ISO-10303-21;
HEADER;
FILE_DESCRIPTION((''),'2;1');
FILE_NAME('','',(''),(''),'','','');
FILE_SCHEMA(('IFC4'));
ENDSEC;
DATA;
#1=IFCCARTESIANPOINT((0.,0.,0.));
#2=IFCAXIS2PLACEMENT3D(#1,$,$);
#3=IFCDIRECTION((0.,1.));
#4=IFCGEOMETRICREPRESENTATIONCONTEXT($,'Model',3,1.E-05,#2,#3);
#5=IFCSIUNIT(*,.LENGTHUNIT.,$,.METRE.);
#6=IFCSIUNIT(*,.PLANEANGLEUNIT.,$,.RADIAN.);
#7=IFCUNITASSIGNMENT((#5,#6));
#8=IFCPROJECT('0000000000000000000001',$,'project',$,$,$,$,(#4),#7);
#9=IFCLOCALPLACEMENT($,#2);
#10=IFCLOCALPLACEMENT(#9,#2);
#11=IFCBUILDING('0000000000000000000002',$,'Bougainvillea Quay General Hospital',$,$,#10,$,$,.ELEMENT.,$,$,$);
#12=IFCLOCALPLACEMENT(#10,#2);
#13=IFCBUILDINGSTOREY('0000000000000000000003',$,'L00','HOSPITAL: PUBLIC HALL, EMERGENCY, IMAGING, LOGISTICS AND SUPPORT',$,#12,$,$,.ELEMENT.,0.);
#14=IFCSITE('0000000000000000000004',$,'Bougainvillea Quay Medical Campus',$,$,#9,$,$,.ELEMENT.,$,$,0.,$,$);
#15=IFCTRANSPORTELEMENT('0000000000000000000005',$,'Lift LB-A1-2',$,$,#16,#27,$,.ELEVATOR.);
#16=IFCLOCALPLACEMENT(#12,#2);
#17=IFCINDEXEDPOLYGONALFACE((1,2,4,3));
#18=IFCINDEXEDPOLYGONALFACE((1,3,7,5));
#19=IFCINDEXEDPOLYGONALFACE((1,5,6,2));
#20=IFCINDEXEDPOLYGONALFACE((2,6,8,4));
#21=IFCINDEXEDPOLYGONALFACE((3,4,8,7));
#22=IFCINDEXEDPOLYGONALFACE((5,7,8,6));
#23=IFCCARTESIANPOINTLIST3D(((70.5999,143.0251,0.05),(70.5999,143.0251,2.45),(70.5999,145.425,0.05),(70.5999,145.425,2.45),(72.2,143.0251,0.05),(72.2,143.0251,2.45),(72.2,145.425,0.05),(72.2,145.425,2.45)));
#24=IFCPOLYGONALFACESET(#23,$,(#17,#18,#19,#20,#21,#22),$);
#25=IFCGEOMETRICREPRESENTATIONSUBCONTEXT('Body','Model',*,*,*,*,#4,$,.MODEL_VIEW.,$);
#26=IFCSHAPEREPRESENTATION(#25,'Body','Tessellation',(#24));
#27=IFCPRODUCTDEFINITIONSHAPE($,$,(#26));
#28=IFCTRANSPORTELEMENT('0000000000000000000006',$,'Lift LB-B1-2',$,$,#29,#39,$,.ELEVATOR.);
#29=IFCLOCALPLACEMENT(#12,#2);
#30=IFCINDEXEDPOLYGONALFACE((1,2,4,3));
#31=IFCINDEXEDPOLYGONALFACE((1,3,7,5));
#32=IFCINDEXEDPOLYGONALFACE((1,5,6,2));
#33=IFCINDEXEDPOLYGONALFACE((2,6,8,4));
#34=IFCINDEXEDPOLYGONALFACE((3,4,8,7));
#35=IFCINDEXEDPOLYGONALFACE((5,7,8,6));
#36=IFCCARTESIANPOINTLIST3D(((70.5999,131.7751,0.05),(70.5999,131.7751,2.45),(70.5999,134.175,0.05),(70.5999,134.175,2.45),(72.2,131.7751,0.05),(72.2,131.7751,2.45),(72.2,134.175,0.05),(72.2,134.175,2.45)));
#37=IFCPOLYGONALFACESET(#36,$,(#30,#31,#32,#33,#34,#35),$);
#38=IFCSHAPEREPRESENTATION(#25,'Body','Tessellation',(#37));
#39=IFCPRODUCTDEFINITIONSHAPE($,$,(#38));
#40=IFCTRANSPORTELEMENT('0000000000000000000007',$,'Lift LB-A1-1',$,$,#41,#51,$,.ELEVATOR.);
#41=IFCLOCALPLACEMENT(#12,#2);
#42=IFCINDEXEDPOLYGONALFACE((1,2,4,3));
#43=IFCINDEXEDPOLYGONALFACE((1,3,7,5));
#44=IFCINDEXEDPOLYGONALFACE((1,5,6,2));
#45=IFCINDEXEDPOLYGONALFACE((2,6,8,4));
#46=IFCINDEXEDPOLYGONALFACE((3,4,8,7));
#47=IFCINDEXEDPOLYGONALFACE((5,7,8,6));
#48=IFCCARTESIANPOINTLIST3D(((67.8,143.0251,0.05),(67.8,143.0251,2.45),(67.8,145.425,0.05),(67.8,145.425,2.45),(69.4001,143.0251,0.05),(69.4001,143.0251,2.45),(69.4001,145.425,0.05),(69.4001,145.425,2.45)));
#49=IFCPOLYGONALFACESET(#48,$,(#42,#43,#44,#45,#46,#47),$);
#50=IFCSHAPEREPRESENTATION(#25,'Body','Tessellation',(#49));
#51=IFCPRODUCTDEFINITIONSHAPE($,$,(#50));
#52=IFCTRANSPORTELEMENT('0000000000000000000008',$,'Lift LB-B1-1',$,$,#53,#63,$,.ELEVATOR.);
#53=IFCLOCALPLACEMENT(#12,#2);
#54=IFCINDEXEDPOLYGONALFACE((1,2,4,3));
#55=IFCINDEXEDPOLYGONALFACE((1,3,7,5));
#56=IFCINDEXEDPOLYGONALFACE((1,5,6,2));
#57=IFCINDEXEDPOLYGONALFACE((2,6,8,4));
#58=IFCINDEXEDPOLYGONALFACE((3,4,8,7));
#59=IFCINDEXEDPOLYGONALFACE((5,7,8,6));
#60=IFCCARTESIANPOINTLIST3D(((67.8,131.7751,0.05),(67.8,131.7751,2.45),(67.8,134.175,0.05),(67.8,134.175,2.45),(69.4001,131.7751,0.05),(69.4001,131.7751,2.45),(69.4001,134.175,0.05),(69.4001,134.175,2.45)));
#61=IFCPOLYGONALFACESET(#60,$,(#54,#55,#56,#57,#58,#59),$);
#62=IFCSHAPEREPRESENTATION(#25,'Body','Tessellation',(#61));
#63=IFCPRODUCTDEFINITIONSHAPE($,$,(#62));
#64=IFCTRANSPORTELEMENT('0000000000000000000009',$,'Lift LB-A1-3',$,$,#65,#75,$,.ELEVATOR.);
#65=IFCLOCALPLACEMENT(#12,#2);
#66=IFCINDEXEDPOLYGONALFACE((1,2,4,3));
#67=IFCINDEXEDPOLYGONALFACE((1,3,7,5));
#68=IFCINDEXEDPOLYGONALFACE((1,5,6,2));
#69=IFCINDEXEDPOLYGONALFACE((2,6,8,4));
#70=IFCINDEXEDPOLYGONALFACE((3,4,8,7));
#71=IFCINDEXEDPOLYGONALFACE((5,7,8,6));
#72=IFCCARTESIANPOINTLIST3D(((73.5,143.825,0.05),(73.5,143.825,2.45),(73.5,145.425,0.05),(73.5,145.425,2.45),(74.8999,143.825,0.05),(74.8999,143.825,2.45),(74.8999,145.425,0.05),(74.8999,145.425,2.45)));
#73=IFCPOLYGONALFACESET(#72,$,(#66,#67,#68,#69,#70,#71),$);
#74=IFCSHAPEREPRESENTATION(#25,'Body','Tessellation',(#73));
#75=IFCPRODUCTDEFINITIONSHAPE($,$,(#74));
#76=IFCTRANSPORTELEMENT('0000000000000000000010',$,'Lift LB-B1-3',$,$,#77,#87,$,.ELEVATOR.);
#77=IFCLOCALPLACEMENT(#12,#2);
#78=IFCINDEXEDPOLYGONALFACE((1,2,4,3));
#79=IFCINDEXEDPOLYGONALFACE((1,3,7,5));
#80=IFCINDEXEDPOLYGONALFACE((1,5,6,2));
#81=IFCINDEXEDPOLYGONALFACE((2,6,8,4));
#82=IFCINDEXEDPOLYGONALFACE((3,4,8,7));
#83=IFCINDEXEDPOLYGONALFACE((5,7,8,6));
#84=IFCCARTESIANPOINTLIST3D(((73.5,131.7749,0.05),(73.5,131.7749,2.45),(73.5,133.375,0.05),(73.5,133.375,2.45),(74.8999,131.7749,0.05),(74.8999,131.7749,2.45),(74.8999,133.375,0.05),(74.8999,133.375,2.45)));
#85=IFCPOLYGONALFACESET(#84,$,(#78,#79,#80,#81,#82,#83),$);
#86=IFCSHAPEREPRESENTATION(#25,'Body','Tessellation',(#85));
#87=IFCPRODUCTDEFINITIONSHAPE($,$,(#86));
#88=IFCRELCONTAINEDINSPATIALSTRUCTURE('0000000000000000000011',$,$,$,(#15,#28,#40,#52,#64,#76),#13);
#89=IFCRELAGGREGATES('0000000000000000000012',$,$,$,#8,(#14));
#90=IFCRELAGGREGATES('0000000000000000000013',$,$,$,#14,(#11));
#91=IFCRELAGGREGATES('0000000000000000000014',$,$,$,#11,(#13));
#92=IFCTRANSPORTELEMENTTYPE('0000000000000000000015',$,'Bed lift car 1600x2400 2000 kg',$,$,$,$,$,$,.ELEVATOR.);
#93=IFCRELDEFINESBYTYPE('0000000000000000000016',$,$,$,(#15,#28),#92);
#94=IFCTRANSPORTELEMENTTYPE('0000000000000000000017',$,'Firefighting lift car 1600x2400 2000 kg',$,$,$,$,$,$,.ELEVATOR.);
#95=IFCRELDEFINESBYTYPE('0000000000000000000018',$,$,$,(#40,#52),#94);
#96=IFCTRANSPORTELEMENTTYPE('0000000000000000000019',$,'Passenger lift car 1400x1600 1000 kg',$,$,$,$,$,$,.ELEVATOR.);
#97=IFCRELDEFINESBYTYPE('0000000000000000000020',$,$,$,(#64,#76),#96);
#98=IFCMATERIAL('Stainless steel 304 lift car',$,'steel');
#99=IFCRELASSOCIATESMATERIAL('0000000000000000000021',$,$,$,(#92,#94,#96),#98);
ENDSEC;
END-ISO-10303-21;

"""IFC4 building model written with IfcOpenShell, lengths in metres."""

from ifc_helpers import new_model, si_unit, direction, frame, origin, origin_2d, place, context, subcontext, project, spatial, rectangle, extrude, material, type_object, element, save


model = new_model("IFC4")

# Units and contexts
model_context = context("Model", 3, precision=1e-05, world=origin(), true_north=direction((0.0, 1.0)))
body_context = subcontext(model_context, "Body", "Model", "MODEL_VIEW")
ifc_project = project(units=[si_unit("LENGTHUNIT", "METRE"), si_unit("PLANEANGLEUNIT", "RADIAN")], contexts=[model_context])

# Site, building, storey
site_placement = place(None, origin())
site = spatial("IfcSite", under=ifc_project, at=site_placement, Name="Bougainvillea Quay Medical Campus", CompositionType="ELEMENT", RefElevation=0.0)
building_placement = place(site_placement, origin())
building = spatial("IfcBuilding", under=site, at=building_placement, Name="Bougainvillea Quay General Hospital", CompositionType="ELEMENT")
storey_placement = place(building_placement, origin())
storey = spatial("IfcBuildingStorey", under=building, at=storey_placement, Name="L00", Description="HOSPITAL: PUBLIC HALL, EMERGENCY, IMAGING, LOGISTICS AND SUPPORT", CompositionType="ELEMENT", Elevation=0.0)

# Transport elements
ifc_material_1 = material(Name="Stainless steel 304 lift car", Category="steel")
transport_element_type_1 = type_object("IfcTransportElementType", Name="Bed lift car 1600x2400 2000 kg", PredefinedType="ELEVATOR", material=ifc_material_1)
for number, where, z_axis, x_axis, name in (
    (1, (71.3999, 144.2251, 0.05), (0.0, 0.0, 1.0), (-1.0, 0.0, 0.0), "Lift LB-A1-2"),
    (2, (71.3999, 132.9751, 0.05), (0.0, 0.0, 1.0), (1.0, 0.0, 0.0), "Lift LB-B1-2"),
):
    element("IfcTransportElement", number, at=place(storey_placement, frame(where, z_axis=z_axis, x_axis=x_axis)), inside=storey, type_object=transport_element_type_1, Name=name, PredefinedType="ELEVATOR", context=body_context, shape_type="SweptSolid", body=[
        extrude(rectangle(XDim=1.6001, YDim=2.3999, at=origin_2d()), origin(), (0.0, 0.0, 1.0), 2.3999),
    ])
transport_element_type_2 = type_object("IfcTransportElementType", Name="Firefighting lift car 1600x2400 2000 kg", PredefinedType="ELEVATOR", material=ifc_material_1)
for number, where, z_axis, x_axis, name in (
    (3, (68.6001, 144.2251, 0.05), (0.0, 0.0, 1.0), (-1.0, 0.0, 0.0), "Lift LB-A1-1"),
    (4, (68.6001, 132.9751, 0.05), (0.0, 0.0, 1.0), (1.0, 0.0, 0.0), "Lift LB-B1-1"),
):
    element("IfcTransportElement", number, at=place(storey_placement, frame(where, z_axis=z_axis, x_axis=x_axis)), inside=storey, type_object=transport_element_type_2, Name=name, PredefinedType="ELEVATOR", context=body_context, shape_type="SweptSolid", body=[
        extrude(rectangle(XDim=1.6001, YDim=2.3999, at=origin_2d()), origin(), (0.0, 0.0, 1.0), 2.3999),
    ])
transport_element_type_3 = type_object("IfcTransportElementType", Name="Passenger lift car 1400x1600 1000 kg", PredefinedType="ELEVATOR", material=ifc_material_1)
for number, where, z_axis, x_axis, name in (
    (5, (74.2, 144.625, 0.05), (0.0, 0.0, 1.0), (-1.0, 0.0, 0.0), "Lift LB-A1-3"),
    (6, (74.2, 132.575, 0.05), (0.0, 0.0, 1.0), (1.0, 0.0, 0.0), "Lift LB-B1-3"),
):
    element("IfcTransportElement", number, at=place(storey_placement, frame(where, z_axis=z_axis, x_axis=x_axis)), inside=storey, type_object=transport_element_type_3, Name=name, PredefinedType="ELEVATOR", context=body_context, shape_type="SweptSolid", body=[
        extrude(rectangle(XDim=1.3999, YDim=1.6001, at=origin_2d()), origin(), (0.0, 0.0, 1.0), 2.3999),
    ])

save(model, "model.ifc")
